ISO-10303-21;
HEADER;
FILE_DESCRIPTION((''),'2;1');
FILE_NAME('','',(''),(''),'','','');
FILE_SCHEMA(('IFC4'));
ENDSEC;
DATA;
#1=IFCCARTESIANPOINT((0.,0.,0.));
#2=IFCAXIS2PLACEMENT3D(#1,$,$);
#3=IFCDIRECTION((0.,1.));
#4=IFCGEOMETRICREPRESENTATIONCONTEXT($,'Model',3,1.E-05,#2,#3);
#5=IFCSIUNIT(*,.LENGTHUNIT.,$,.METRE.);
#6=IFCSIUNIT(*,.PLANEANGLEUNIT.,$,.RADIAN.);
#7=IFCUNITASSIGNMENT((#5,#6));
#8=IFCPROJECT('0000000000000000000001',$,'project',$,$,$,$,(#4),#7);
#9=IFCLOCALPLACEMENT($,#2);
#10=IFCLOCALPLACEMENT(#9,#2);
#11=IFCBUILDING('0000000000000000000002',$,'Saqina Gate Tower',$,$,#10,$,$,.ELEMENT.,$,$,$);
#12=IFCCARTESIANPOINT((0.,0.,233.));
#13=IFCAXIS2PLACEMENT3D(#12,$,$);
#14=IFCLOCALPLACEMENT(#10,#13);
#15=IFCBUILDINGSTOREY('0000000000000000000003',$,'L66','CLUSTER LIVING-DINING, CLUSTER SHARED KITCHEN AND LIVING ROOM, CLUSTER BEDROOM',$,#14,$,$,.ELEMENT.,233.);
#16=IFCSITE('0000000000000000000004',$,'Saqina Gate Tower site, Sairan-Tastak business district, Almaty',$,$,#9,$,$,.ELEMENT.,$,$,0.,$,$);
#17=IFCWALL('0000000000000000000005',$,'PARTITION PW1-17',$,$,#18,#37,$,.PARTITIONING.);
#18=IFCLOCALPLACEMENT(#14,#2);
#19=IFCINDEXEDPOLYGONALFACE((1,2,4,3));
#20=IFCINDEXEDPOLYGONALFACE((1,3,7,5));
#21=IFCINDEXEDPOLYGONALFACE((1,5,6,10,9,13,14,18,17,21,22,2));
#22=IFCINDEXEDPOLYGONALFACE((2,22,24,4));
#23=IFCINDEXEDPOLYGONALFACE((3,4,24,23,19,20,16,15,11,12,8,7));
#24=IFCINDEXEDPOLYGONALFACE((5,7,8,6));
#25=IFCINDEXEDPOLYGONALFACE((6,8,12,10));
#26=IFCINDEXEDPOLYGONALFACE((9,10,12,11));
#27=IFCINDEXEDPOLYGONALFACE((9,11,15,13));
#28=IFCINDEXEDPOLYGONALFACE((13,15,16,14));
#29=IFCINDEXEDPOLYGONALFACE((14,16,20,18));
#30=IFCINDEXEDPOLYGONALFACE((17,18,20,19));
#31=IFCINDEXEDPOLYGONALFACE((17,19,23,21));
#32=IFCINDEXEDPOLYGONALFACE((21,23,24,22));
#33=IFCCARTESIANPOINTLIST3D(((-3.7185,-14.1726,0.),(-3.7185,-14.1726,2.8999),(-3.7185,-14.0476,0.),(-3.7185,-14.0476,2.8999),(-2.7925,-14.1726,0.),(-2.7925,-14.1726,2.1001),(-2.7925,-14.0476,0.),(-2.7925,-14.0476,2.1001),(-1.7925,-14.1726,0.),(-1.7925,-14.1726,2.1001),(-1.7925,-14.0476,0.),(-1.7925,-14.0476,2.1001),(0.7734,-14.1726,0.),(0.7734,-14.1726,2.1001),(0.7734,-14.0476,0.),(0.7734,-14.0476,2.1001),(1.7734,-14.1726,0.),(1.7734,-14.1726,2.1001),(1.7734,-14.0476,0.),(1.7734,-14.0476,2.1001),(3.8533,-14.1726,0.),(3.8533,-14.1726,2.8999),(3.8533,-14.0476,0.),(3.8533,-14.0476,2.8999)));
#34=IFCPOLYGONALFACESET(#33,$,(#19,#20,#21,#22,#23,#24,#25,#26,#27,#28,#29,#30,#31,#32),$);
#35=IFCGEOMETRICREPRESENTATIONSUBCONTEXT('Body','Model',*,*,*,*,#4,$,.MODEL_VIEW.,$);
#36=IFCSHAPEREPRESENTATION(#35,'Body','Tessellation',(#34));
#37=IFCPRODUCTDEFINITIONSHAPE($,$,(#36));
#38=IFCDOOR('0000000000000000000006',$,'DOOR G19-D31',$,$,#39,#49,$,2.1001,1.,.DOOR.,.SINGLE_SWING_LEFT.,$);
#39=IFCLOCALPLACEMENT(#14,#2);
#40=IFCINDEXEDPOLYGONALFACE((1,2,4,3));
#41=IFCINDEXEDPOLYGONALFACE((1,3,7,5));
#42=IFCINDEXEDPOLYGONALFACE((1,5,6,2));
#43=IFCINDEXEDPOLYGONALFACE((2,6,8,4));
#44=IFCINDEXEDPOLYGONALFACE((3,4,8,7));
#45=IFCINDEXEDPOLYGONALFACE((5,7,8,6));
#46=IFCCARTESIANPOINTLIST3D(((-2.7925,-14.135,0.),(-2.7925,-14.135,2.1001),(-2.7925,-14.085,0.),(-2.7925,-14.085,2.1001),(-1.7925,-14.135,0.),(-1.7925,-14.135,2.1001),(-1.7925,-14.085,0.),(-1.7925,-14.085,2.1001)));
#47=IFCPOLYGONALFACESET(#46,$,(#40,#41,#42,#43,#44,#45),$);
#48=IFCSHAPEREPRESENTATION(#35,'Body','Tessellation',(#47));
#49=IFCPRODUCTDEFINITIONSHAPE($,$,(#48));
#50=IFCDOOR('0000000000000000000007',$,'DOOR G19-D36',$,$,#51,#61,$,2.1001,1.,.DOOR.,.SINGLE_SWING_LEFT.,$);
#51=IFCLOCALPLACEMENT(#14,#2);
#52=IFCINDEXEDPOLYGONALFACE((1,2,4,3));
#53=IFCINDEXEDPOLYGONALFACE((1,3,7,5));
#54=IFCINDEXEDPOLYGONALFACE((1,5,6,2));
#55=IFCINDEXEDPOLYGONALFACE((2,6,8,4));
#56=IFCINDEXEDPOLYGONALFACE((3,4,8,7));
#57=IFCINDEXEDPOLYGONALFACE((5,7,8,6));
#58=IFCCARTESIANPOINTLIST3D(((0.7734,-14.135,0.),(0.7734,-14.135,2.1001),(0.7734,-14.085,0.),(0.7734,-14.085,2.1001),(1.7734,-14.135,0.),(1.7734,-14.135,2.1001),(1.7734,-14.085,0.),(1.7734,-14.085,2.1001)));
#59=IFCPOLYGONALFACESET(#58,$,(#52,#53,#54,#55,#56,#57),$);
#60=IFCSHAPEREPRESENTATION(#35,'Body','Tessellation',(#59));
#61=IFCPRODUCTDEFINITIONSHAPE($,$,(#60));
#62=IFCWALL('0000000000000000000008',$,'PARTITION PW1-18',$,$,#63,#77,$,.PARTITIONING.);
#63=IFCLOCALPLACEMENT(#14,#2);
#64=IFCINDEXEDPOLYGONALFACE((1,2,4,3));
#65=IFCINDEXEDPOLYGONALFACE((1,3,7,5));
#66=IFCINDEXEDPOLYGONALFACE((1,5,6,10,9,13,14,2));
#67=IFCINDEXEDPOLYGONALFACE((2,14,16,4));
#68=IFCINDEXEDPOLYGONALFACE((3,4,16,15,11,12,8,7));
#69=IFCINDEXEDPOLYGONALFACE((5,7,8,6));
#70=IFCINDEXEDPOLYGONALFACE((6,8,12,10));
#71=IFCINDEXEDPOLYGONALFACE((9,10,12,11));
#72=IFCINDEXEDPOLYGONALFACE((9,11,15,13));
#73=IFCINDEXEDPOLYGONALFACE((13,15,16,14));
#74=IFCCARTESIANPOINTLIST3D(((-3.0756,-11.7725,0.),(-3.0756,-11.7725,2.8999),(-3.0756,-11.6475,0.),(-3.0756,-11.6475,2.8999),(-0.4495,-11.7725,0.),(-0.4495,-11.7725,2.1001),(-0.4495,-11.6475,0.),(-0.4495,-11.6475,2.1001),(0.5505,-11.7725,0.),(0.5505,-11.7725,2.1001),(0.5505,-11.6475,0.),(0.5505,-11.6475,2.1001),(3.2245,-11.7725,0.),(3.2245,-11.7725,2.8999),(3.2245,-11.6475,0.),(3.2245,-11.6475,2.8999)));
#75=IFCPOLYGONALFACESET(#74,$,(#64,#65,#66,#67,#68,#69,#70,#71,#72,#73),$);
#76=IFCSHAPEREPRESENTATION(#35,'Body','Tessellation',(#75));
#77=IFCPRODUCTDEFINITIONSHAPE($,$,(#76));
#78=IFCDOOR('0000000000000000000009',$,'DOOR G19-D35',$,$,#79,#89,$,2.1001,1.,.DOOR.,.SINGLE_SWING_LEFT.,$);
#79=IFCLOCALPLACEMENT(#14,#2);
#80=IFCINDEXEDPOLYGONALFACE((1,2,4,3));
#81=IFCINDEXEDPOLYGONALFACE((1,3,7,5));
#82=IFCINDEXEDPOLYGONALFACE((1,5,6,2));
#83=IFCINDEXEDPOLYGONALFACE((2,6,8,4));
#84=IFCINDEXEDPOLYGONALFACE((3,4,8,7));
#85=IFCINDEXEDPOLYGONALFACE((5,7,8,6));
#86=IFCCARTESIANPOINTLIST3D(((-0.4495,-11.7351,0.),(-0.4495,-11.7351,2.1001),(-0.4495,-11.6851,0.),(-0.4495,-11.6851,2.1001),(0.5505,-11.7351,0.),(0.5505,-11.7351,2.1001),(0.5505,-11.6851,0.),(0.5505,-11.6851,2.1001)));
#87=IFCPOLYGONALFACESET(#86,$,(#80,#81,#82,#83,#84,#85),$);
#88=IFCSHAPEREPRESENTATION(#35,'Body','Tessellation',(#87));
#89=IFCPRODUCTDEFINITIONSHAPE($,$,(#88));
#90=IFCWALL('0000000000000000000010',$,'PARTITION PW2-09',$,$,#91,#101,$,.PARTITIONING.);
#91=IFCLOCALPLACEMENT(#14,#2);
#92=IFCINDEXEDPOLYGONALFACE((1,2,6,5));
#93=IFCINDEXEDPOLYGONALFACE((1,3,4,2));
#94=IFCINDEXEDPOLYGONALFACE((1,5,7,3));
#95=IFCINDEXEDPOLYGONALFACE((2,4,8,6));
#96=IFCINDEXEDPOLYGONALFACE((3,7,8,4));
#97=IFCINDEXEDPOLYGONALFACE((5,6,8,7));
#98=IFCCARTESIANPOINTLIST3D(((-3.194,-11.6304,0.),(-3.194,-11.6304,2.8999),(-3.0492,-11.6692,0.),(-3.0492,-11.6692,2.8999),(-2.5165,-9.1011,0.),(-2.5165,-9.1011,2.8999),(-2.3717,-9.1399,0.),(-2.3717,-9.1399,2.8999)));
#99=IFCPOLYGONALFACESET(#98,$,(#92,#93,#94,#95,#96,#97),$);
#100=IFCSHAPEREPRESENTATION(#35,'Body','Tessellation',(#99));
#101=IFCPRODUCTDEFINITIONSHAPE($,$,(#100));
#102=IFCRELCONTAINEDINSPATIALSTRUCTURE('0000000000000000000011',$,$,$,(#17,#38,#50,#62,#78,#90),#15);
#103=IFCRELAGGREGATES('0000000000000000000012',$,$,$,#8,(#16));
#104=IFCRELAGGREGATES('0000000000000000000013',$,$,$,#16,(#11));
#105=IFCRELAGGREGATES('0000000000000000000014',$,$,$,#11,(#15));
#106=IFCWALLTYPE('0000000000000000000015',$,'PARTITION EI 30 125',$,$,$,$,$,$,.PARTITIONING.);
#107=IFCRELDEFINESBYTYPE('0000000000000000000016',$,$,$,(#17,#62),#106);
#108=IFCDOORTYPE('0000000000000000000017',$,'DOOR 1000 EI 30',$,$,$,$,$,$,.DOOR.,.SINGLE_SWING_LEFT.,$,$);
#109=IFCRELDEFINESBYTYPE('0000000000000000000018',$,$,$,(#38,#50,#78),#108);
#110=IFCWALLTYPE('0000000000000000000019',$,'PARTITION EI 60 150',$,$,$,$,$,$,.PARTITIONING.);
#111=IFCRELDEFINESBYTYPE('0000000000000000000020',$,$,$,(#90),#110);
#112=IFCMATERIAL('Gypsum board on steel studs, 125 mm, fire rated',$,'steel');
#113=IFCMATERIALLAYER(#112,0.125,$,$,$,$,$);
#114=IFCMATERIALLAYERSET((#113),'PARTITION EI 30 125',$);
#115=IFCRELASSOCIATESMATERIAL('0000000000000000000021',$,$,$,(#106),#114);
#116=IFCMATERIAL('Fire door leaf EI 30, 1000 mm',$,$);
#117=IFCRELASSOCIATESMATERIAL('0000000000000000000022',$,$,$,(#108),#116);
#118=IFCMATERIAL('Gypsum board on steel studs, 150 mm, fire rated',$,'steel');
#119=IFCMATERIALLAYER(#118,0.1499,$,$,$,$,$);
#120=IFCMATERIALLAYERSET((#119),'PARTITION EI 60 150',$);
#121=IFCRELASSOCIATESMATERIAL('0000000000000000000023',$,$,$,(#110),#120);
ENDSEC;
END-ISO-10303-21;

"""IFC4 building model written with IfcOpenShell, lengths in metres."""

from ifc_helpers import new_model, si_unit, direction, frame, frame_2d, origin, place, context, subcontext, project, spatial, rectangle, extrude, material, layer, layer_set, type_object, element, fill, save


model = new_model("IFC4")

# Units and contexts
model_context = context("Model", 3, precision=1e-05, world=origin(), true_north=direction((0.0, 1.0)))
body_context = subcontext(model_context, "Body", "Model", "MODEL_VIEW")
ifc_project = project(units=[si_unit("LENGTHUNIT", "METRE"), si_unit("PLANEANGLEUNIT", "RADIAN")], contexts=[model_context])

# Site, building, storey
site_placement = place(None, origin())
site = spatial("IfcSite", under=ifc_project, at=site_placement, Name="Saqina Gate Tower site, Sairan-Tastak business district, Almaty", CompositionType="ELEMENT", RefElevation=0.0)
building_placement = place(site_placement, origin())
building = spatial("IfcBuilding", under=site, at=building_placement, Name="Saqina Gate Tower", CompositionType="ELEMENT")
storey_placement = place(building_placement, frame((0.0, 0.0, 233.0)))
storey = spatial("IfcBuildingStorey", under=building, at=storey_placement, Name="L66", Description="CLUSTER LIVING-DINING, CLUSTER SHARED KITCHEN AND LIVING ROOM, CLUSTER BEDROOM", CompositionType="ELEMENT", Elevation=233.0)

# Wall, openings, doors
ifc_material_1 = material(Name="Gypsum board on steel studs, 125 mm, fire rated", Category="steel")
ifc_layer_1 = layer(ifc_material_1, 0.125)
ifc_layer_set_1 = layer_set([ifc_layer_1], Name="PARTITION EI 30 125")
wall_type_1 = type_object("IfcWallType", Name="PARTITION EI 30 125", PredefinedType="PARTITIONING", material=ifc_layer_set_1)
wall_1_placement = place(storey_placement, frame((-3.7185, -14.1101, 0.0), z_axis=(0.0, 0.0, 1.0), x_axis=(1.0, 0.0, 0.0)))
wall_1 = element("IfcWall", 1, at=wall_1_placement, inside=storey, type_object=wall_type_1, Name="PARTITION PW1-17", PredefinedType="PARTITIONING", context=body_context, shape_type="SweptSolid", body=[
    extrude(rectangle(XDim=7.5718, YDim=0.125, at=frame_2d((3.7859, 0.0))), origin(), (0.0, 0.0, 1.0), 2.8999),
])
opening_1_placement = place(wall_1_placement, frame((0.926, 0.0, 0.0)))
opening_1 = element("IfcOpeningElement", 2, at=opening_1_placement, cuts=wall_1, PredefinedType="OPENING", context=body_context, shape_type="SweptSolid", body=[
    extrude(rectangle(XDim=1.0, YDim=2.1001, at=frame_2d((0.5, 1.05))), frame((0.0, 0.0745, 0.0), z_axis=(0.0, -1.0, 0.0), x_axis=(1.0, 0.0, 0.0)), (0.0, 0.0, 1.0), 0.1489),
])
opening_2_placement = place(wall_1_placement, frame((4.4919, 0.0, 0.0)))
opening_2 = element("IfcOpeningElement", 3, at=opening_2_placement, cuts=wall_1, PredefinedType="OPENING", context=body_context, shape_type="SweptSolid", body=[
    extrude(rectangle(XDim=1.0, YDim=2.1001, at=frame_2d((0.5, 1.05))), frame((0.0, 0.0745, 0.0), z_axis=(0.0, -1.0, 0.0), x_axis=(1.0, 0.0, 0.0)), (0.0, 0.0, 1.0), 0.1489),
])
ifc_material_2 = material(Name="Fire door leaf EI 30, 1000 mm")
door_type_1 = type_object("IfcDoorType", Name="DOOR 1000 EI 30", OperationType="SINGLE_SWING_LEFT", PredefinedType="DOOR", material=ifc_material_2)
door_1_placement = place(opening_1_placement, frame((1.0, 0.0, 0.0), z_axis=(0.0, 0.0, 1.0), x_axis=(-1.0, 0.0, 0.0)))
door_1 = element("IfcDoor", 4, at=door_1_placement, inside=storey, type_object=door_type_1, Name="DOOR G19-D31", OperationType="SINGLE_SWING_LEFT", OverallHeight=2.1001, OverallWidth=1.0, PredefinedType="DOOR", context=body_context, shape_type="SweptSolid", body=[
    extrude(rectangle(XDim=1.0, YDim=2.1001, at=frame_2d((0.5, 1.05))), frame((0.0, 0.0249, 0.0), z_axis=(0.0, -1.0, 0.0), x_axis=(1.0, 0.0, 0.0)), (0.0, 0.0, 1.0), 0.05),
])
fill(opening_1, door_1)
door_2_placement = place(opening_2_placement, frame((1.0, 0.0, 0.0), z_axis=(0.0, 0.0, 1.0), x_axis=(-1.0, 0.0, 0.0)))
door_2 = element("IfcDoor", 5, at=door_2_placement, inside=storey, type_object=door_type_1, Name="DOOR G19-D36", OperationType="SINGLE_SWING_LEFT", OverallHeight=2.1001, OverallWidth=1.0, PredefinedType="DOOR", context=body_context, shape_type="SweptSolid", body=[
    extrude(rectangle(XDim=1.0, YDim=2.1001, at=frame_2d((0.5, 1.05))), frame((0.0, 0.0249, 0.0), z_axis=(0.0, -1.0, 0.0), x_axis=(1.0, 0.0, 0.0)), (0.0, 0.0, 1.0), 0.05),
])
fill(opening_2, door_2)

# Wall, opening, door
wall_2_placement = place(storey_placement, frame((-3.0754, -11.71, 0.0), z_axis=(0.0, 0.0, 1.0), x_axis=(1.0, 0.0, 0.0)))
wall_2 = element("IfcWall", 6, at=wall_2_placement, inside=storey, type_object=wall_type_1, Name="PARTITION PW1-18", PredefinedType="PARTITIONING", context=body_context, shape_type="SweptSolid", body=[
    extrude(rectangle(XDim=6.3, YDim=0.125, at=frame_2d((3.1499, 0.0))), origin(), (0.0, 0.0, 1.0), 2.8999),
])
opening_3_placement = place(wall_2_placement, frame((2.626, 0.0, 0.0)))
opening_3 = element("IfcOpeningElement", 7, at=opening_3_placement, cuts=wall_2, PredefinedType="OPENING", context=body_context, shape_type="SweptSolid", body=[
    extrude(rectangle(XDim=1.0, YDim=2.1001, at=frame_2d((0.5, 1.05))), frame((0.0, 0.0745, 0.0), z_axis=(0.0, -1.0, 0.0), x_axis=(1.0, 0.0, 0.0)), (0.0, 0.0, 1.0), 0.1489),
])
door_3_placement = place(opening_3_placement, origin())
door_3 = element("IfcDoor", 8, at=door_3_placement, inside=storey, type_object=door_type_1, Name="DOOR G19-D35", OperationType="SINGLE_SWING_LEFT", OverallHeight=2.1001, OverallWidth=1.0, PredefinedType="DOOR", context=body_context, shape_type="SweptSolid", body=[
    extrude(rectangle(XDim=1.0, YDim=2.1001, at=frame_2d((0.5, 1.05))), frame((0.0, 0.0249, 0.0), z_axis=(0.0, -1.0, 0.0), x_axis=(1.0, 0.0, 0.0)), (0.0, 0.0, 1.0), 0.05),
])
fill(opening_3, door_3)

# Wall
ifc_material_3 = material(Name="Gypsum board on steel studs, 150 mm, fire rated", Category="steel")
ifc_layer_2 = layer(ifc_material_3, 0.1499)
ifc_layer_set_2 = layer_set([ifc_layer_2], Name="PARTITION EI 60 150")
wall_type_2 = type_object("IfcWallType", Name="PARTITION EI 60 150", PredefinedType="PARTITIONING", material=ifc_layer_set_2)
wall_3_placement = place(storey_placement, frame((-3.1216, -11.6497, 0.0), z_axis=(0.0, 0.0, 1.0), x_axis=(0.258736, 0.965948, 0.0)))
element("IfcWall", 9, at=wall_3_placement, inside=storey, type_object=wall_type_2, Name="PARTITION PW2-09", PredefinedType="PARTITIONING", context=body_context, shape_type="SweptSolid", body=[
    extrude(rectangle(XDim=2.6184, YDim=0.1499, at=frame_2d((1.3091, 0.0))), origin(), (0.0, 0.0, 1.0), 2.8999),
])

save(model, "model.ifc")
